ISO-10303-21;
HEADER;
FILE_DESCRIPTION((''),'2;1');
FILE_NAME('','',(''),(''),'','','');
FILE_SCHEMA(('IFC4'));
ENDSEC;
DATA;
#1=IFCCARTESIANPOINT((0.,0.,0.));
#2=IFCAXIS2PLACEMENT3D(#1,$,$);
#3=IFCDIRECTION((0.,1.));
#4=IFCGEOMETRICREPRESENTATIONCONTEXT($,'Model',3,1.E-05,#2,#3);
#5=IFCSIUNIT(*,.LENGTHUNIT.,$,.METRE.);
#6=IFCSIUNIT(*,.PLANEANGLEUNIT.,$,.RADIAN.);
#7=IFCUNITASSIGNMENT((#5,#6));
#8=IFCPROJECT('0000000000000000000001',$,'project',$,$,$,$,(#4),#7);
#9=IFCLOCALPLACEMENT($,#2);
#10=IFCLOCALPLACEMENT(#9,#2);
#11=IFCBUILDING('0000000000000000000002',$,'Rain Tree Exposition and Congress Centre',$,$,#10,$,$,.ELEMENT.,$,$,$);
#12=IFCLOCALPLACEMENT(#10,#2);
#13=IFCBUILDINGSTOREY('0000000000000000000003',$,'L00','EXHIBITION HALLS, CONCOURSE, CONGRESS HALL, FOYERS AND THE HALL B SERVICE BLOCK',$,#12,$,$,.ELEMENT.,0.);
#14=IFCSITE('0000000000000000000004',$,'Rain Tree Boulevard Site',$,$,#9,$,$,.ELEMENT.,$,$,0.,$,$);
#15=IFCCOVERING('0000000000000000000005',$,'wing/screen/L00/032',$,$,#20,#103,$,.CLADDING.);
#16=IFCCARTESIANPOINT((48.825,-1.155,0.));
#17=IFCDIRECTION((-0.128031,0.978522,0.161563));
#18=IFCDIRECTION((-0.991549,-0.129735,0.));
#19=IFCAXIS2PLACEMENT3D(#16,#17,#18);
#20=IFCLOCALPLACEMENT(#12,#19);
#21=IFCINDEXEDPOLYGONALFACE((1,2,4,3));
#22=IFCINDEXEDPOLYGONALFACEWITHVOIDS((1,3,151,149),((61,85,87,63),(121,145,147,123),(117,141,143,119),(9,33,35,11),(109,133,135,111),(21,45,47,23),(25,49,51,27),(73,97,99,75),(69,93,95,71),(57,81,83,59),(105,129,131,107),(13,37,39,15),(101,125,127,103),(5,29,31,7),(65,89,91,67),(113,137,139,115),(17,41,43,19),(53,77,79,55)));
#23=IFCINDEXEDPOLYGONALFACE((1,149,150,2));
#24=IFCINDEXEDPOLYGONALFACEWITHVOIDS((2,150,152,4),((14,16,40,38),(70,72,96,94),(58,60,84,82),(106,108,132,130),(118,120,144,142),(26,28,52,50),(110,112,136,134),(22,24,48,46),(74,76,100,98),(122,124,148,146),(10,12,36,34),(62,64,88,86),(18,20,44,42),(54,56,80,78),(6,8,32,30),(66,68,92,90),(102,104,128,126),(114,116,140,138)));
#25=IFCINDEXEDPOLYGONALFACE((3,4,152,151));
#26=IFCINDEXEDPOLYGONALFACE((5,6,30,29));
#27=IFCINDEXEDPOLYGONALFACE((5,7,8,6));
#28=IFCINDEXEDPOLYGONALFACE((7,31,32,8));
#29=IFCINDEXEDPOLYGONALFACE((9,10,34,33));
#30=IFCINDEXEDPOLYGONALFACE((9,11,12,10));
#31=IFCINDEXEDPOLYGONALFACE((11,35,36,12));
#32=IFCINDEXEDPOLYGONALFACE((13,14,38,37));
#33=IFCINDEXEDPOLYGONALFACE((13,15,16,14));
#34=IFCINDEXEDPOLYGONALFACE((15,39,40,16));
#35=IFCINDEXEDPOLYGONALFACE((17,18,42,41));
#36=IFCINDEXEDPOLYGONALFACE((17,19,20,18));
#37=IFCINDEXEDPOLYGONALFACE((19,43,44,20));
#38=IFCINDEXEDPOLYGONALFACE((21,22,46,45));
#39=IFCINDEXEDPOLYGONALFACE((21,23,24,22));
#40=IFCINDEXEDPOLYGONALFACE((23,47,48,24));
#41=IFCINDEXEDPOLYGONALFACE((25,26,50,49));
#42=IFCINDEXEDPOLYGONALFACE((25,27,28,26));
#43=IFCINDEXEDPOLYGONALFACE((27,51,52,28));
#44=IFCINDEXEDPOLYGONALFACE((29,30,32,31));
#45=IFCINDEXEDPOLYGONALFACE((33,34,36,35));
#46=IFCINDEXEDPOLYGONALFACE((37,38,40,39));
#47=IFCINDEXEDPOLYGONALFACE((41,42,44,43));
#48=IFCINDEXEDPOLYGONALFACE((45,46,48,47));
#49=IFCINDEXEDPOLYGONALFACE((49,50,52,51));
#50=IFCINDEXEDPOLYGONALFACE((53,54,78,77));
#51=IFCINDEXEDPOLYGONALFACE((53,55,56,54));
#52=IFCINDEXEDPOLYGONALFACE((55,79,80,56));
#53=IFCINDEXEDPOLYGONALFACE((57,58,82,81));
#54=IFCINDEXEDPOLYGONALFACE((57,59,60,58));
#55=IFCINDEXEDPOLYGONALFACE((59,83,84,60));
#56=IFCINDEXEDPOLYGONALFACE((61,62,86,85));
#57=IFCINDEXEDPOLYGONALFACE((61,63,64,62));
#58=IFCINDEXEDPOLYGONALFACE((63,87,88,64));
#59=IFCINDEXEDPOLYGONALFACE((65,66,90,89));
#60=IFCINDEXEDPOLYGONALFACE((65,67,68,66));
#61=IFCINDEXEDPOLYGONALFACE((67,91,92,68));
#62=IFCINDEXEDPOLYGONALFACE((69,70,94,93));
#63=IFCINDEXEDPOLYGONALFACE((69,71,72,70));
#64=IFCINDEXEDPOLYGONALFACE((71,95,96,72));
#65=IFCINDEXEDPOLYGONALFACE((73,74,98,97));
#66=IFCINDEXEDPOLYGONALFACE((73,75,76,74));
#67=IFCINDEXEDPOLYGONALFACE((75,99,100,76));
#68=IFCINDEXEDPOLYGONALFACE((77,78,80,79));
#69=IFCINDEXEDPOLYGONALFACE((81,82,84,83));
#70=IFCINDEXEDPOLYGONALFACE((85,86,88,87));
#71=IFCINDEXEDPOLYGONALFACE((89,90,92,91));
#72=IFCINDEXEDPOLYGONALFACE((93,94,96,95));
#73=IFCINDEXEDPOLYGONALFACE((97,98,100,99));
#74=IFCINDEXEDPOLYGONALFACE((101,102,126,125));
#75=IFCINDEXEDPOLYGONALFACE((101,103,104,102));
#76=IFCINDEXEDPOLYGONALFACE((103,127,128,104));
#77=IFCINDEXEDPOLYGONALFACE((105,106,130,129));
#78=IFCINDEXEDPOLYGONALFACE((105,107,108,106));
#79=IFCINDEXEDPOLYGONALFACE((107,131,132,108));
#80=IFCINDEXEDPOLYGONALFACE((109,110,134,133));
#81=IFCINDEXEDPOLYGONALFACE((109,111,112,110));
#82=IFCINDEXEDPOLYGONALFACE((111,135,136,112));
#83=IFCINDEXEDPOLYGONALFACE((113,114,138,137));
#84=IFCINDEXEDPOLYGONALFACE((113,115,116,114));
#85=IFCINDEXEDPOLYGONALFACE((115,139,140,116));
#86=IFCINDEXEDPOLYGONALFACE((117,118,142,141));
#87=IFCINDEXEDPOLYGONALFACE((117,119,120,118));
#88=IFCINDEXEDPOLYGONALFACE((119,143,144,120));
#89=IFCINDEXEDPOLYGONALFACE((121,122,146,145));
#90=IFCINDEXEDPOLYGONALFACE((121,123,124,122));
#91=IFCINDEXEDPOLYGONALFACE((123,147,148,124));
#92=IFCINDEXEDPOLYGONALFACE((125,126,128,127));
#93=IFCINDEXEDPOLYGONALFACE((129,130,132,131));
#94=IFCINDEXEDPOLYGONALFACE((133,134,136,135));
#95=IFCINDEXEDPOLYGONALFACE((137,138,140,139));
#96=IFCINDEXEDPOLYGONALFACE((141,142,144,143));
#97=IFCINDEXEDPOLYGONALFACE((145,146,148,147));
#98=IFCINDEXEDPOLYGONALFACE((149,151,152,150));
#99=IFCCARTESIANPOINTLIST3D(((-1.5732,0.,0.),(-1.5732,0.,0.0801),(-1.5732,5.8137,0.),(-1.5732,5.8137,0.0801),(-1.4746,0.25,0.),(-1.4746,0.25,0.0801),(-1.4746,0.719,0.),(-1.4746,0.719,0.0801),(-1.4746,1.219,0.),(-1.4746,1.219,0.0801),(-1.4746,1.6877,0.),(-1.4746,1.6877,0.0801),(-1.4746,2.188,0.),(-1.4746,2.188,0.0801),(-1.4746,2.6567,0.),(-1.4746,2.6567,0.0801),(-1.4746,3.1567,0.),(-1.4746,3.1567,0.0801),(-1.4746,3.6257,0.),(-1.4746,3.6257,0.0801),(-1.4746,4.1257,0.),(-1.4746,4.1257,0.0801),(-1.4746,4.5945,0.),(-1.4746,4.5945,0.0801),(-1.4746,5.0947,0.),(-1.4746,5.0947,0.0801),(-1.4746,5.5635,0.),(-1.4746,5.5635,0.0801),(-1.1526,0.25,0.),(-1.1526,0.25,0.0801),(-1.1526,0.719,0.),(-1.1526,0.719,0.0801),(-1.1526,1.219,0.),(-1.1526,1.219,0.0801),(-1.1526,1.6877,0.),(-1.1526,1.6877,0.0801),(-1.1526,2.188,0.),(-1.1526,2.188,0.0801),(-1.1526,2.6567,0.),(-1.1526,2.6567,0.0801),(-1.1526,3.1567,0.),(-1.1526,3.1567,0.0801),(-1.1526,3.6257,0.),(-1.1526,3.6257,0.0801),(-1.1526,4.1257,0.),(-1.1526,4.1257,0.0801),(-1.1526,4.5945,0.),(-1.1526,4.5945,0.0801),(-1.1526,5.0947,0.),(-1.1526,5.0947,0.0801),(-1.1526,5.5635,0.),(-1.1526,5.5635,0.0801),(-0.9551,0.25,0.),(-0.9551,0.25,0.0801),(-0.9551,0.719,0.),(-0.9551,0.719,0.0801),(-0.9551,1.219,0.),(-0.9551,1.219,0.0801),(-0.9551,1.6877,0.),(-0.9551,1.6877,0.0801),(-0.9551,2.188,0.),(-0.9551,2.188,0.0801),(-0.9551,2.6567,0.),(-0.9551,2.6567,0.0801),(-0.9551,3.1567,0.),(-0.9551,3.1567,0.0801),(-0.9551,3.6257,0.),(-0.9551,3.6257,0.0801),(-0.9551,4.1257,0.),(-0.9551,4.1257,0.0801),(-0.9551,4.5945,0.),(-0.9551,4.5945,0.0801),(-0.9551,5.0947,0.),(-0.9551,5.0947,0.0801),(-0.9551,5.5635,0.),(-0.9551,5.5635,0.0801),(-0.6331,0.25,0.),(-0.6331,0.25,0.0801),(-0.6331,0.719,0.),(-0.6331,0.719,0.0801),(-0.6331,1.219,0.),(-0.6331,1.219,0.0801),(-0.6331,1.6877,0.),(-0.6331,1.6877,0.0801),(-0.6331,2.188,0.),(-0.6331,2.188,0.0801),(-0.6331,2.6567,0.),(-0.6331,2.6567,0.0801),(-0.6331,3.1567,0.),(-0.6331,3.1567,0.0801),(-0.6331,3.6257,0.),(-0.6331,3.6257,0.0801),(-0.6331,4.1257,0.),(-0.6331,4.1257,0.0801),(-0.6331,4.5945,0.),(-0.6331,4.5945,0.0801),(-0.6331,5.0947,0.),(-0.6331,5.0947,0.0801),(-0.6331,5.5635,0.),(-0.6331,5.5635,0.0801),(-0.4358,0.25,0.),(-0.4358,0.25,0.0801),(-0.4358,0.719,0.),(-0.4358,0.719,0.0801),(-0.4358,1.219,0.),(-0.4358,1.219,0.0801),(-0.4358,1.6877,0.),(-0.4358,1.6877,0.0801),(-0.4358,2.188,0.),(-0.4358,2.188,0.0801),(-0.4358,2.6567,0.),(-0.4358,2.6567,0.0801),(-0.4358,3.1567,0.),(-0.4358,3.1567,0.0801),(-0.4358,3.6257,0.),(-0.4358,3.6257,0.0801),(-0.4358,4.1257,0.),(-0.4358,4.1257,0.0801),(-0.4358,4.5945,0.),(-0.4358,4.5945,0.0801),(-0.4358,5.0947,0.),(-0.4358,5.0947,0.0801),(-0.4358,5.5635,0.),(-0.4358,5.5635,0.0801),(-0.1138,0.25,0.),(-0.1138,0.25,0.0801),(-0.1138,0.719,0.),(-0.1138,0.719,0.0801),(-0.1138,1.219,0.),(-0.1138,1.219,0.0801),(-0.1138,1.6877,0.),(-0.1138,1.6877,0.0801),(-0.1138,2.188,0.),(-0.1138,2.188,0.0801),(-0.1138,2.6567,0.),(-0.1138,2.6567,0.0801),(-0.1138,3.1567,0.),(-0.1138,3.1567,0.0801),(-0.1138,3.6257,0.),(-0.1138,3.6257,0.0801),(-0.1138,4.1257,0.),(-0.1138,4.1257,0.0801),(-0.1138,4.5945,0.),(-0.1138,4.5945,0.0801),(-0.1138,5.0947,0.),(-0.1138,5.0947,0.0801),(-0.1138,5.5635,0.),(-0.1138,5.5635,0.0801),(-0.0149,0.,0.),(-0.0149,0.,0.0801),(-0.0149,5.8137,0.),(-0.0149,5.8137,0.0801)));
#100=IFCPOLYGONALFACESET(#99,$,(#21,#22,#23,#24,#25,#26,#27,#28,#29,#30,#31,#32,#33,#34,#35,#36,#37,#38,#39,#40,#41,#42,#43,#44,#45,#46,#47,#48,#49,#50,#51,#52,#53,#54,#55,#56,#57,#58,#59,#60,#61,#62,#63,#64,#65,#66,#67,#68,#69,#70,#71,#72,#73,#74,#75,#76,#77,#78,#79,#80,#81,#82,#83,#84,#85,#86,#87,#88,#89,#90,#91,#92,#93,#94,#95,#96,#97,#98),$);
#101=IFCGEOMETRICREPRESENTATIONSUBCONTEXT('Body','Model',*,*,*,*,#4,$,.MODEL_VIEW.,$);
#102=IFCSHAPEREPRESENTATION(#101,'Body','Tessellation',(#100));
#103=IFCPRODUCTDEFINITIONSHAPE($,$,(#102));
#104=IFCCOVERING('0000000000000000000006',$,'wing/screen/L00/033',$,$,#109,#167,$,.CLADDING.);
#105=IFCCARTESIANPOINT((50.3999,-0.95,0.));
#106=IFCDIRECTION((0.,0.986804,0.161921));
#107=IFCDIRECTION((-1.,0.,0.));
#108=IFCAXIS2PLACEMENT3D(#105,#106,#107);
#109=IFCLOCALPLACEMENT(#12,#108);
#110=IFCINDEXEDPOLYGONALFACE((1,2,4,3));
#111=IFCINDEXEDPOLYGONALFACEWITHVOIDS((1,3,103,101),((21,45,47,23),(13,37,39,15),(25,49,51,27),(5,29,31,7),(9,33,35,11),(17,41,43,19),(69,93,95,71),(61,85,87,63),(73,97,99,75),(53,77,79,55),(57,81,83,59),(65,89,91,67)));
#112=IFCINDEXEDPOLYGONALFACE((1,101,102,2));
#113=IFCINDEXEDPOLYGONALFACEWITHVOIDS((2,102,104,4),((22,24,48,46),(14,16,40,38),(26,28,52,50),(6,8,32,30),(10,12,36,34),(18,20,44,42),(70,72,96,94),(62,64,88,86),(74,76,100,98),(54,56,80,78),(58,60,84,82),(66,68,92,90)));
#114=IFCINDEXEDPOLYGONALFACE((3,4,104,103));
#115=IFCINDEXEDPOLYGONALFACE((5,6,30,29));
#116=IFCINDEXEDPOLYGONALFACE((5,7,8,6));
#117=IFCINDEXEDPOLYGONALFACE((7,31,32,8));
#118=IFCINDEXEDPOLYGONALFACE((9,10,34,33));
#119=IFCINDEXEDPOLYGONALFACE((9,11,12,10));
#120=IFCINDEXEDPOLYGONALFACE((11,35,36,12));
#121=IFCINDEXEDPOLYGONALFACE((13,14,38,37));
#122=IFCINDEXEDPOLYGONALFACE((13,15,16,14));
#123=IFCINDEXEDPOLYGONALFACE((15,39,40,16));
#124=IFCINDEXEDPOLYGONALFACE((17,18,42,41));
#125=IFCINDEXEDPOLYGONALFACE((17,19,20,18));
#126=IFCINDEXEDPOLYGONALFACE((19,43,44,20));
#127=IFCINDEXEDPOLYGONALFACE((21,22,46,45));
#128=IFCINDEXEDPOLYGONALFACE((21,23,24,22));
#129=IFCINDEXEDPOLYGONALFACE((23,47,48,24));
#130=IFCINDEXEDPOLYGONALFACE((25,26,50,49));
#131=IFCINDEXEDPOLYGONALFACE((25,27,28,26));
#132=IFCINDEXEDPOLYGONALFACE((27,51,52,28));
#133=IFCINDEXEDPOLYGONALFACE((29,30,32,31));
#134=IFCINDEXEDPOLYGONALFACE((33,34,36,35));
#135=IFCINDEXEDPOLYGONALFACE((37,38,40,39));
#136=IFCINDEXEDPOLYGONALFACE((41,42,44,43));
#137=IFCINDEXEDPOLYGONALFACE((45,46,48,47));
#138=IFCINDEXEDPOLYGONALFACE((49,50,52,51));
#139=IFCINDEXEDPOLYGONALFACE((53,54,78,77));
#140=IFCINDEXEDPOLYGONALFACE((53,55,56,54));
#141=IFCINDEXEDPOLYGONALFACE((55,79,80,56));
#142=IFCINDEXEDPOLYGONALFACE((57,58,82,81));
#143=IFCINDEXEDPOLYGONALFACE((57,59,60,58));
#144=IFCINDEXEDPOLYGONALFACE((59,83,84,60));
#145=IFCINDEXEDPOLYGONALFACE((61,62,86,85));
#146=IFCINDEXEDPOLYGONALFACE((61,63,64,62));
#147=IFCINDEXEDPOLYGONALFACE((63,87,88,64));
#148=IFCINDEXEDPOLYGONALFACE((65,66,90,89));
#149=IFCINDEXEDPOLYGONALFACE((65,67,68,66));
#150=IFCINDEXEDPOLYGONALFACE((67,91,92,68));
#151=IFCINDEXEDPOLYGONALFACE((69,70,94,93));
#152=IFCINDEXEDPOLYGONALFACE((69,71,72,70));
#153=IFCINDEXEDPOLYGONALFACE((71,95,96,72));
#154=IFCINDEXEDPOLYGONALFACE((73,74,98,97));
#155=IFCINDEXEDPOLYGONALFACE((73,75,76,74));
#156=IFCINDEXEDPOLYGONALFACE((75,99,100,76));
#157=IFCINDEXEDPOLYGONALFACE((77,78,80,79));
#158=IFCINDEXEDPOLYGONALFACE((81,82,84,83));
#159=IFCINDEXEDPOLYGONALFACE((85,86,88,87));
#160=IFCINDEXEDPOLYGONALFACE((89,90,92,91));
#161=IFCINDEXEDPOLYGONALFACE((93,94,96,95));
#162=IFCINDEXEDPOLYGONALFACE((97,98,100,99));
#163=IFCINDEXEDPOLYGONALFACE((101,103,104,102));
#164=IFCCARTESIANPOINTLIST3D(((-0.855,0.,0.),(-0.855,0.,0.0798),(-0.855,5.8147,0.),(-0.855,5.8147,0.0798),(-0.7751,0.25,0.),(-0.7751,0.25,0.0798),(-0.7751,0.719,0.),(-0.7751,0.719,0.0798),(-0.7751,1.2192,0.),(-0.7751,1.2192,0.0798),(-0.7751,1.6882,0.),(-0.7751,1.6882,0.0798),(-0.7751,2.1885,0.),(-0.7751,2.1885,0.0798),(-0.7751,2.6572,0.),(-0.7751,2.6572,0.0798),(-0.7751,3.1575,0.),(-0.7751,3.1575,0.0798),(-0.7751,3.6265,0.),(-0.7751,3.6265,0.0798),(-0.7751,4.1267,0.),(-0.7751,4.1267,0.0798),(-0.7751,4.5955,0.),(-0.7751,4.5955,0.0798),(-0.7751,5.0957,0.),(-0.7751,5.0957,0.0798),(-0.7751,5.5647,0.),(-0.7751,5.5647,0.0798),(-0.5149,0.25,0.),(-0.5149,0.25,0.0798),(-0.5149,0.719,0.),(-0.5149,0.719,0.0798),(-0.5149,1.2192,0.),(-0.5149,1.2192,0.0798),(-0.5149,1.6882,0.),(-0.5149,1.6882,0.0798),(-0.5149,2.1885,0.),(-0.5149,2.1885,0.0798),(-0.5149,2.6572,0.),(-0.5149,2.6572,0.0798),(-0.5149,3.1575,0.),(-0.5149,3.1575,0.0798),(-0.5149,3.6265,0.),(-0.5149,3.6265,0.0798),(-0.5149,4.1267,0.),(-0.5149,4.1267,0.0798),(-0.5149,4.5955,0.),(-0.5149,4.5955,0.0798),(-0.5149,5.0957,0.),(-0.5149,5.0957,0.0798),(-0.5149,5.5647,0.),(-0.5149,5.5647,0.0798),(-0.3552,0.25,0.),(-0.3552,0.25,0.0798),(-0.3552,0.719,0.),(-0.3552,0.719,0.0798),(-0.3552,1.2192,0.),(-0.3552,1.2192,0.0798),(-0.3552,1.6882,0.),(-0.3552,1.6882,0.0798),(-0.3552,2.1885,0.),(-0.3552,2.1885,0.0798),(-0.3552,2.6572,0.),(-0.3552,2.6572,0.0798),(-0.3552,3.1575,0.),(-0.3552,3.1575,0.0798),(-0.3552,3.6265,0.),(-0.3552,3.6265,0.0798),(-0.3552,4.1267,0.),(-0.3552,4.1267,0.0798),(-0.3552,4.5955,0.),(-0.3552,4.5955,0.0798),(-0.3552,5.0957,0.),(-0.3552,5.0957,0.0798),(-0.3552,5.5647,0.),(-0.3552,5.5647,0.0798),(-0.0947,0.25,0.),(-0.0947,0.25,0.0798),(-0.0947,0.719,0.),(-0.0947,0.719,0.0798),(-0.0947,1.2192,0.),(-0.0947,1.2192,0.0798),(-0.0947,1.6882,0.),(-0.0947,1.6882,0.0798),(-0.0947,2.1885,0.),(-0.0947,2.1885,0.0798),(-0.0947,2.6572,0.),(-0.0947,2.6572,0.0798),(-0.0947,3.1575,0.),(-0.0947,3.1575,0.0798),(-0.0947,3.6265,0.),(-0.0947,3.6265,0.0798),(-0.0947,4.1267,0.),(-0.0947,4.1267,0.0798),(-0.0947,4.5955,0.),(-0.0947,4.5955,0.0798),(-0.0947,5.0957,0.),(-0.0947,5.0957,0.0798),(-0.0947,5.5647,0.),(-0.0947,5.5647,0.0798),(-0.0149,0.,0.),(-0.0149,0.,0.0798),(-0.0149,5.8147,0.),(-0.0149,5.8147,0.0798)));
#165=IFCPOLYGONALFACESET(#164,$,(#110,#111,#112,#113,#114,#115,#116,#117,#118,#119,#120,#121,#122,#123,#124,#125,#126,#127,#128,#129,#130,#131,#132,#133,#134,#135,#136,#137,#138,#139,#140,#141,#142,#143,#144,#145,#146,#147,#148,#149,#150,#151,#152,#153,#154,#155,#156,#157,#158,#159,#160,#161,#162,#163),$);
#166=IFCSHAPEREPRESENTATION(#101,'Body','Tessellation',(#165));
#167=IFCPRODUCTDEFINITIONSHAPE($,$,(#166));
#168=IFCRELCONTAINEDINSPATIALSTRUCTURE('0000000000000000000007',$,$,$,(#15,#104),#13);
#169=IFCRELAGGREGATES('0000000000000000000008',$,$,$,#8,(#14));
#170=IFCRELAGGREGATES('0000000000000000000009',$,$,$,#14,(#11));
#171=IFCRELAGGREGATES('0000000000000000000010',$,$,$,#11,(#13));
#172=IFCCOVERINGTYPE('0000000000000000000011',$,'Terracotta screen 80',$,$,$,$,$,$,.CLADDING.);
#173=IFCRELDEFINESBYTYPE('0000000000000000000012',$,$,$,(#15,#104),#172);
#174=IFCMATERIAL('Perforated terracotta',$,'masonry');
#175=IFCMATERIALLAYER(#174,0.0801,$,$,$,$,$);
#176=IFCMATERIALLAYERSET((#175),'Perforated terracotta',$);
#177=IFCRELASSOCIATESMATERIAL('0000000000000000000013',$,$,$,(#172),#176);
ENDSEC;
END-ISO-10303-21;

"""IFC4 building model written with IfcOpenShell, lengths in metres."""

from ifc_helpers import new_model, si_unit, direction, frame, origin, place, context, subcontext, project, spatial, polyline, outline, extrude, material, layer, layer_set, type_object, element, save


model = new_model("IFC4")

# Units and contexts
model_context = context("Model", 3, precision=1e-05, world=origin(), true_north=direction((0.0, 1.0)))
body_context = subcontext(model_context, "Body", "Model", "MODEL_VIEW")
ifc_project = project(units=[si_unit("LENGTHUNIT", "METRE"), si_unit("PLANEANGLEUNIT", "RADIAN")], contexts=[model_context])

# Site, building, storey
site_placement = place(None, origin())
site = spatial("IfcSite", under=ifc_project, at=site_placement, Name="Rain Tree Boulevard Site", CompositionType="ELEMENT", RefElevation=0.0)
building_placement = place(site_placement, origin())
building = spatial("IfcBuilding", under=site, at=building_placement, Name="Rain Tree Exposition and Congress Centre", CompositionType="ELEMENT")
storey_placement = place(building_placement, origin())
storey = spatial("IfcBuildingStorey", under=building, at=storey_placement, Name="L00", Description="EXHIBITION HALLS, CONCOURSE, CONGRESS HALL, FOYERS AND THE HALL B SERVICE BLOCK", CompositionType="ELEMENT", Elevation=0.0)

# Coverings
ifc_material_1 = material(Name="Perforated terracotta", Category="masonry")
ifc_layer_1 = layer(ifc_material_1, 0.0801)
ifc_layer_set_1 = layer_set([ifc_layer_1], Name="Perforated terracotta")
covering_type = type_object("IfcCoveringType", Name="Terracotta screen 80", PredefinedType="CLADDING", material=ifc_layer_set_1)
covering_1_placement = place(storey_placement, frame((48.825, -1.155, 0.0), z_axis=(-0.128031, 0.978522, 0.161563), x_axis=(-0.991549, -0.129735, 0.0)))
element("IfcCovering", 1, at=covering_1_placement, inside=storey, type_object=covering_type, Name="wing/screen/L00/032", PredefinedType="CLADDING", context=body_context, shape_type="SweptSolid", body=[
    extrude(outline(polyline([(-1.5732, 0.0), (-1.5732, 5.8137), (-0.0149, 5.8137), (-0.0149, 0.0), (-1.5732, 0.0)]), holes=[polyline([(-0.1138, 0.25), (-0.1138, 0.719), (-0.4358, 0.719), (-0.4358, 0.25), (-0.1138, 0.25)]), polyline([(-0.1138, 1.219), (-0.1138, 1.6877), (-0.4358, 1.6877), (-0.4358, 1.219), (-0.1138, 1.219)]), polyline([(-0.1138, 2.188), (-0.1138, 2.6567), (-0.4358, 2.6567), (-0.4358, 2.188), (-0.1138, 2.188)]), polyline([(-0.1138, 3.1567), (-0.1138, 3.6257), (-0.4358, 3.6257), (-0.4358, 3.1567), (-0.1138, 3.1567)]), polyline([(-0.1138, 4.1257), (-0.1138, 4.5945), (-0.4358, 4.5945), (-0.4358, 4.1257), (-0.1138, 4.1257)]), polyline([(-0.1138, 5.0947), (-0.1138, 5.5635), (-0.4358, 5.5635), (-0.4358, 5.0947), (-0.1138, 5.0947)]), polyline([(-0.6331, 0.25), (-0.6331, 0.719), (-0.9551, 0.719), (-0.9551, 0.25), (-0.6331, 0.25)]), polyline([(-0.6331, 1.219), (-0.6331, 1.6877), (-0.9551, 1.6877), (-0.9551, 1.219), (-0.6331, 1.219)]), polyline([(-0.6331, 2.188), (-0.6331, 2.6567), (-0.9551, 2.6567), (-0.9551, 2.188), (-0.6331, 2.188)]), polyline([(-0.6331, 3.1567), (-0.6331, 3.6257), (-0.9551, 3.6257), (-0.9551, 3.1567), (-0.6331, 3.1567)]), polyline([(-0.6331, 4.1257), (-0.6331, 4.5945), (-0.9551, 4.5945), (-0.9551, 4.1257), (-0.6331, 4.1257)]), polyline([(-0.6331, 5.0947), (-0.6331, 5.5635), (-0.9551, 5.5635), (-0.9551, 5.0947), (-0.6331, 5.0947)]), polyline([(-1.1526, 0.25), (-1.1526, 0.719), (-1.4746, 0.719), (-1.4746, 0.25), (-1.1526, 0.25)]), polyline([(-1.1526, 1.219), (-1.1526, 1.6877), (-1.4746, 1.6877), (-1.4746, 1.219), (-1.1526, 1.219)]), polyline([(-1.1526, 2.188), (-1.1526, 2.6567), (-1.4746, 2.6567), (-1.4746, 2.188), (-1.1526, 2.188)]), polyline([(-1.1526, 3.1567), (-1.1526, 3.6257), (-1.4746, 3.6257), (-1.4746, 3.1567), (-1.1526, 3.1567)]), polyline([(-1.1526, 4.1257), (-1.1526, 4.5945), (-1.4746, 4.5945), (-1.4746, 4.1257), (-1.1526, 4.1257)]), polyline([(-1.1526, 5.0947), (-1.1526, 5.5635), (-1.4746, 5.5635), (-1.4746, 5.0947), (-1.1526, 5.0947)])]), origin(), (0.0, 0.0, 1.0), 0.0801),
])
covering_2_placement = place(storey_placement, frame((50.3999, -0.95, 0.0), z_axis=(0.0, 0.986804, 0.161921), x_axis=(-1.0, 0.0, 0.0)))
element("IfcCovering", 2, at=covering_2_placement, inside=storey, type_object=covering_type, Name="wing/screen/L00/033", PredefinedType="CLADDING", context=body_context, shape_type="SweptSolid", body=[
    extrude(outline(polyline([(-0.855, 0.0), (-0.855, 5.8147), (-0.0149, 5.8147), (-0.0149, 0.0), (-0.855, 0.0)]), holes=[polyline([(-0.0947, 0.25), (-0.0947, 0.719), (-0.3552, 0.719), (-0.3552, 0.25), (-0.0947, 0.25)]), polyline([(-0.0947, 1.2192), (-0.0947, 1.6882), (-0.3552, 1.6882), (-0.3552, 1.2192), (-0.0947, 1.2192)]), polyline([(-0.0947, 2.1885), (-0.0947, 2.6572), (-0.3552, 2.6572), (-0.3552, 2.1885), (-0.0947, 2.1885)]), polyline([(-0.0947, 3.1575), (-0.0947, 3.6265), (-0.3552, 3.6265), (-0.3552, 3.1575), (-0.0947, 3.1575)]), polyline([(-0.0947, 4.1267), (-0.0947, 4.5955), (-0.3552, 4.5955), (-0.3552, 4.1267), (-0.0947, 4.1267)]), polyline([(-0.0947, 5.0957), (-0.0947, 5.5647), (-0.3552, 5.5647), (-0.3552, 5.0957), (-0.0947, 5.0957)]), polyline([(-0.5149, 0.25), (-0.5149, 0.719), (-0.7751, 0.719), (-0.7751, 0.25), (-0.5149, 0.25)]), polyline([(-0.5149, 1.2192), (-0.5149, 1.6882), (-0.7751, 1.6882), (-0.7751, 1.2192), (-0.5149, 1.2192)]), polyline([(-0.5149, 2.1885), (-0.5149, 2.6572), (-0.7751, 2.6572), (-0.7751, 2.1885), (-0.5149, 2.1885)]), polyline([(-0.5149, 3.1575), (-0.5149, 3.6265), (-0.7751, 3.6265), (-0.7751, 3.1575), (-0.5149, 3.1575)]), polyline([(-0.5149, 4.1267), (-0.5149, 4.5955), (-0.7751, 4.5955), (-0.7751, 4.1267), (-0.5149, 4.1267)]), polyline([(-0.5149, 5.0957), (-0.5149, 5.5647), (-0.7751, 5.5647), (-0.7751, 5.0957), (-0.5149, 5.0957)])]), origin(), (0.0, 0.0, 1.0), 0.0798),
])

save(model, "model.ifc")
